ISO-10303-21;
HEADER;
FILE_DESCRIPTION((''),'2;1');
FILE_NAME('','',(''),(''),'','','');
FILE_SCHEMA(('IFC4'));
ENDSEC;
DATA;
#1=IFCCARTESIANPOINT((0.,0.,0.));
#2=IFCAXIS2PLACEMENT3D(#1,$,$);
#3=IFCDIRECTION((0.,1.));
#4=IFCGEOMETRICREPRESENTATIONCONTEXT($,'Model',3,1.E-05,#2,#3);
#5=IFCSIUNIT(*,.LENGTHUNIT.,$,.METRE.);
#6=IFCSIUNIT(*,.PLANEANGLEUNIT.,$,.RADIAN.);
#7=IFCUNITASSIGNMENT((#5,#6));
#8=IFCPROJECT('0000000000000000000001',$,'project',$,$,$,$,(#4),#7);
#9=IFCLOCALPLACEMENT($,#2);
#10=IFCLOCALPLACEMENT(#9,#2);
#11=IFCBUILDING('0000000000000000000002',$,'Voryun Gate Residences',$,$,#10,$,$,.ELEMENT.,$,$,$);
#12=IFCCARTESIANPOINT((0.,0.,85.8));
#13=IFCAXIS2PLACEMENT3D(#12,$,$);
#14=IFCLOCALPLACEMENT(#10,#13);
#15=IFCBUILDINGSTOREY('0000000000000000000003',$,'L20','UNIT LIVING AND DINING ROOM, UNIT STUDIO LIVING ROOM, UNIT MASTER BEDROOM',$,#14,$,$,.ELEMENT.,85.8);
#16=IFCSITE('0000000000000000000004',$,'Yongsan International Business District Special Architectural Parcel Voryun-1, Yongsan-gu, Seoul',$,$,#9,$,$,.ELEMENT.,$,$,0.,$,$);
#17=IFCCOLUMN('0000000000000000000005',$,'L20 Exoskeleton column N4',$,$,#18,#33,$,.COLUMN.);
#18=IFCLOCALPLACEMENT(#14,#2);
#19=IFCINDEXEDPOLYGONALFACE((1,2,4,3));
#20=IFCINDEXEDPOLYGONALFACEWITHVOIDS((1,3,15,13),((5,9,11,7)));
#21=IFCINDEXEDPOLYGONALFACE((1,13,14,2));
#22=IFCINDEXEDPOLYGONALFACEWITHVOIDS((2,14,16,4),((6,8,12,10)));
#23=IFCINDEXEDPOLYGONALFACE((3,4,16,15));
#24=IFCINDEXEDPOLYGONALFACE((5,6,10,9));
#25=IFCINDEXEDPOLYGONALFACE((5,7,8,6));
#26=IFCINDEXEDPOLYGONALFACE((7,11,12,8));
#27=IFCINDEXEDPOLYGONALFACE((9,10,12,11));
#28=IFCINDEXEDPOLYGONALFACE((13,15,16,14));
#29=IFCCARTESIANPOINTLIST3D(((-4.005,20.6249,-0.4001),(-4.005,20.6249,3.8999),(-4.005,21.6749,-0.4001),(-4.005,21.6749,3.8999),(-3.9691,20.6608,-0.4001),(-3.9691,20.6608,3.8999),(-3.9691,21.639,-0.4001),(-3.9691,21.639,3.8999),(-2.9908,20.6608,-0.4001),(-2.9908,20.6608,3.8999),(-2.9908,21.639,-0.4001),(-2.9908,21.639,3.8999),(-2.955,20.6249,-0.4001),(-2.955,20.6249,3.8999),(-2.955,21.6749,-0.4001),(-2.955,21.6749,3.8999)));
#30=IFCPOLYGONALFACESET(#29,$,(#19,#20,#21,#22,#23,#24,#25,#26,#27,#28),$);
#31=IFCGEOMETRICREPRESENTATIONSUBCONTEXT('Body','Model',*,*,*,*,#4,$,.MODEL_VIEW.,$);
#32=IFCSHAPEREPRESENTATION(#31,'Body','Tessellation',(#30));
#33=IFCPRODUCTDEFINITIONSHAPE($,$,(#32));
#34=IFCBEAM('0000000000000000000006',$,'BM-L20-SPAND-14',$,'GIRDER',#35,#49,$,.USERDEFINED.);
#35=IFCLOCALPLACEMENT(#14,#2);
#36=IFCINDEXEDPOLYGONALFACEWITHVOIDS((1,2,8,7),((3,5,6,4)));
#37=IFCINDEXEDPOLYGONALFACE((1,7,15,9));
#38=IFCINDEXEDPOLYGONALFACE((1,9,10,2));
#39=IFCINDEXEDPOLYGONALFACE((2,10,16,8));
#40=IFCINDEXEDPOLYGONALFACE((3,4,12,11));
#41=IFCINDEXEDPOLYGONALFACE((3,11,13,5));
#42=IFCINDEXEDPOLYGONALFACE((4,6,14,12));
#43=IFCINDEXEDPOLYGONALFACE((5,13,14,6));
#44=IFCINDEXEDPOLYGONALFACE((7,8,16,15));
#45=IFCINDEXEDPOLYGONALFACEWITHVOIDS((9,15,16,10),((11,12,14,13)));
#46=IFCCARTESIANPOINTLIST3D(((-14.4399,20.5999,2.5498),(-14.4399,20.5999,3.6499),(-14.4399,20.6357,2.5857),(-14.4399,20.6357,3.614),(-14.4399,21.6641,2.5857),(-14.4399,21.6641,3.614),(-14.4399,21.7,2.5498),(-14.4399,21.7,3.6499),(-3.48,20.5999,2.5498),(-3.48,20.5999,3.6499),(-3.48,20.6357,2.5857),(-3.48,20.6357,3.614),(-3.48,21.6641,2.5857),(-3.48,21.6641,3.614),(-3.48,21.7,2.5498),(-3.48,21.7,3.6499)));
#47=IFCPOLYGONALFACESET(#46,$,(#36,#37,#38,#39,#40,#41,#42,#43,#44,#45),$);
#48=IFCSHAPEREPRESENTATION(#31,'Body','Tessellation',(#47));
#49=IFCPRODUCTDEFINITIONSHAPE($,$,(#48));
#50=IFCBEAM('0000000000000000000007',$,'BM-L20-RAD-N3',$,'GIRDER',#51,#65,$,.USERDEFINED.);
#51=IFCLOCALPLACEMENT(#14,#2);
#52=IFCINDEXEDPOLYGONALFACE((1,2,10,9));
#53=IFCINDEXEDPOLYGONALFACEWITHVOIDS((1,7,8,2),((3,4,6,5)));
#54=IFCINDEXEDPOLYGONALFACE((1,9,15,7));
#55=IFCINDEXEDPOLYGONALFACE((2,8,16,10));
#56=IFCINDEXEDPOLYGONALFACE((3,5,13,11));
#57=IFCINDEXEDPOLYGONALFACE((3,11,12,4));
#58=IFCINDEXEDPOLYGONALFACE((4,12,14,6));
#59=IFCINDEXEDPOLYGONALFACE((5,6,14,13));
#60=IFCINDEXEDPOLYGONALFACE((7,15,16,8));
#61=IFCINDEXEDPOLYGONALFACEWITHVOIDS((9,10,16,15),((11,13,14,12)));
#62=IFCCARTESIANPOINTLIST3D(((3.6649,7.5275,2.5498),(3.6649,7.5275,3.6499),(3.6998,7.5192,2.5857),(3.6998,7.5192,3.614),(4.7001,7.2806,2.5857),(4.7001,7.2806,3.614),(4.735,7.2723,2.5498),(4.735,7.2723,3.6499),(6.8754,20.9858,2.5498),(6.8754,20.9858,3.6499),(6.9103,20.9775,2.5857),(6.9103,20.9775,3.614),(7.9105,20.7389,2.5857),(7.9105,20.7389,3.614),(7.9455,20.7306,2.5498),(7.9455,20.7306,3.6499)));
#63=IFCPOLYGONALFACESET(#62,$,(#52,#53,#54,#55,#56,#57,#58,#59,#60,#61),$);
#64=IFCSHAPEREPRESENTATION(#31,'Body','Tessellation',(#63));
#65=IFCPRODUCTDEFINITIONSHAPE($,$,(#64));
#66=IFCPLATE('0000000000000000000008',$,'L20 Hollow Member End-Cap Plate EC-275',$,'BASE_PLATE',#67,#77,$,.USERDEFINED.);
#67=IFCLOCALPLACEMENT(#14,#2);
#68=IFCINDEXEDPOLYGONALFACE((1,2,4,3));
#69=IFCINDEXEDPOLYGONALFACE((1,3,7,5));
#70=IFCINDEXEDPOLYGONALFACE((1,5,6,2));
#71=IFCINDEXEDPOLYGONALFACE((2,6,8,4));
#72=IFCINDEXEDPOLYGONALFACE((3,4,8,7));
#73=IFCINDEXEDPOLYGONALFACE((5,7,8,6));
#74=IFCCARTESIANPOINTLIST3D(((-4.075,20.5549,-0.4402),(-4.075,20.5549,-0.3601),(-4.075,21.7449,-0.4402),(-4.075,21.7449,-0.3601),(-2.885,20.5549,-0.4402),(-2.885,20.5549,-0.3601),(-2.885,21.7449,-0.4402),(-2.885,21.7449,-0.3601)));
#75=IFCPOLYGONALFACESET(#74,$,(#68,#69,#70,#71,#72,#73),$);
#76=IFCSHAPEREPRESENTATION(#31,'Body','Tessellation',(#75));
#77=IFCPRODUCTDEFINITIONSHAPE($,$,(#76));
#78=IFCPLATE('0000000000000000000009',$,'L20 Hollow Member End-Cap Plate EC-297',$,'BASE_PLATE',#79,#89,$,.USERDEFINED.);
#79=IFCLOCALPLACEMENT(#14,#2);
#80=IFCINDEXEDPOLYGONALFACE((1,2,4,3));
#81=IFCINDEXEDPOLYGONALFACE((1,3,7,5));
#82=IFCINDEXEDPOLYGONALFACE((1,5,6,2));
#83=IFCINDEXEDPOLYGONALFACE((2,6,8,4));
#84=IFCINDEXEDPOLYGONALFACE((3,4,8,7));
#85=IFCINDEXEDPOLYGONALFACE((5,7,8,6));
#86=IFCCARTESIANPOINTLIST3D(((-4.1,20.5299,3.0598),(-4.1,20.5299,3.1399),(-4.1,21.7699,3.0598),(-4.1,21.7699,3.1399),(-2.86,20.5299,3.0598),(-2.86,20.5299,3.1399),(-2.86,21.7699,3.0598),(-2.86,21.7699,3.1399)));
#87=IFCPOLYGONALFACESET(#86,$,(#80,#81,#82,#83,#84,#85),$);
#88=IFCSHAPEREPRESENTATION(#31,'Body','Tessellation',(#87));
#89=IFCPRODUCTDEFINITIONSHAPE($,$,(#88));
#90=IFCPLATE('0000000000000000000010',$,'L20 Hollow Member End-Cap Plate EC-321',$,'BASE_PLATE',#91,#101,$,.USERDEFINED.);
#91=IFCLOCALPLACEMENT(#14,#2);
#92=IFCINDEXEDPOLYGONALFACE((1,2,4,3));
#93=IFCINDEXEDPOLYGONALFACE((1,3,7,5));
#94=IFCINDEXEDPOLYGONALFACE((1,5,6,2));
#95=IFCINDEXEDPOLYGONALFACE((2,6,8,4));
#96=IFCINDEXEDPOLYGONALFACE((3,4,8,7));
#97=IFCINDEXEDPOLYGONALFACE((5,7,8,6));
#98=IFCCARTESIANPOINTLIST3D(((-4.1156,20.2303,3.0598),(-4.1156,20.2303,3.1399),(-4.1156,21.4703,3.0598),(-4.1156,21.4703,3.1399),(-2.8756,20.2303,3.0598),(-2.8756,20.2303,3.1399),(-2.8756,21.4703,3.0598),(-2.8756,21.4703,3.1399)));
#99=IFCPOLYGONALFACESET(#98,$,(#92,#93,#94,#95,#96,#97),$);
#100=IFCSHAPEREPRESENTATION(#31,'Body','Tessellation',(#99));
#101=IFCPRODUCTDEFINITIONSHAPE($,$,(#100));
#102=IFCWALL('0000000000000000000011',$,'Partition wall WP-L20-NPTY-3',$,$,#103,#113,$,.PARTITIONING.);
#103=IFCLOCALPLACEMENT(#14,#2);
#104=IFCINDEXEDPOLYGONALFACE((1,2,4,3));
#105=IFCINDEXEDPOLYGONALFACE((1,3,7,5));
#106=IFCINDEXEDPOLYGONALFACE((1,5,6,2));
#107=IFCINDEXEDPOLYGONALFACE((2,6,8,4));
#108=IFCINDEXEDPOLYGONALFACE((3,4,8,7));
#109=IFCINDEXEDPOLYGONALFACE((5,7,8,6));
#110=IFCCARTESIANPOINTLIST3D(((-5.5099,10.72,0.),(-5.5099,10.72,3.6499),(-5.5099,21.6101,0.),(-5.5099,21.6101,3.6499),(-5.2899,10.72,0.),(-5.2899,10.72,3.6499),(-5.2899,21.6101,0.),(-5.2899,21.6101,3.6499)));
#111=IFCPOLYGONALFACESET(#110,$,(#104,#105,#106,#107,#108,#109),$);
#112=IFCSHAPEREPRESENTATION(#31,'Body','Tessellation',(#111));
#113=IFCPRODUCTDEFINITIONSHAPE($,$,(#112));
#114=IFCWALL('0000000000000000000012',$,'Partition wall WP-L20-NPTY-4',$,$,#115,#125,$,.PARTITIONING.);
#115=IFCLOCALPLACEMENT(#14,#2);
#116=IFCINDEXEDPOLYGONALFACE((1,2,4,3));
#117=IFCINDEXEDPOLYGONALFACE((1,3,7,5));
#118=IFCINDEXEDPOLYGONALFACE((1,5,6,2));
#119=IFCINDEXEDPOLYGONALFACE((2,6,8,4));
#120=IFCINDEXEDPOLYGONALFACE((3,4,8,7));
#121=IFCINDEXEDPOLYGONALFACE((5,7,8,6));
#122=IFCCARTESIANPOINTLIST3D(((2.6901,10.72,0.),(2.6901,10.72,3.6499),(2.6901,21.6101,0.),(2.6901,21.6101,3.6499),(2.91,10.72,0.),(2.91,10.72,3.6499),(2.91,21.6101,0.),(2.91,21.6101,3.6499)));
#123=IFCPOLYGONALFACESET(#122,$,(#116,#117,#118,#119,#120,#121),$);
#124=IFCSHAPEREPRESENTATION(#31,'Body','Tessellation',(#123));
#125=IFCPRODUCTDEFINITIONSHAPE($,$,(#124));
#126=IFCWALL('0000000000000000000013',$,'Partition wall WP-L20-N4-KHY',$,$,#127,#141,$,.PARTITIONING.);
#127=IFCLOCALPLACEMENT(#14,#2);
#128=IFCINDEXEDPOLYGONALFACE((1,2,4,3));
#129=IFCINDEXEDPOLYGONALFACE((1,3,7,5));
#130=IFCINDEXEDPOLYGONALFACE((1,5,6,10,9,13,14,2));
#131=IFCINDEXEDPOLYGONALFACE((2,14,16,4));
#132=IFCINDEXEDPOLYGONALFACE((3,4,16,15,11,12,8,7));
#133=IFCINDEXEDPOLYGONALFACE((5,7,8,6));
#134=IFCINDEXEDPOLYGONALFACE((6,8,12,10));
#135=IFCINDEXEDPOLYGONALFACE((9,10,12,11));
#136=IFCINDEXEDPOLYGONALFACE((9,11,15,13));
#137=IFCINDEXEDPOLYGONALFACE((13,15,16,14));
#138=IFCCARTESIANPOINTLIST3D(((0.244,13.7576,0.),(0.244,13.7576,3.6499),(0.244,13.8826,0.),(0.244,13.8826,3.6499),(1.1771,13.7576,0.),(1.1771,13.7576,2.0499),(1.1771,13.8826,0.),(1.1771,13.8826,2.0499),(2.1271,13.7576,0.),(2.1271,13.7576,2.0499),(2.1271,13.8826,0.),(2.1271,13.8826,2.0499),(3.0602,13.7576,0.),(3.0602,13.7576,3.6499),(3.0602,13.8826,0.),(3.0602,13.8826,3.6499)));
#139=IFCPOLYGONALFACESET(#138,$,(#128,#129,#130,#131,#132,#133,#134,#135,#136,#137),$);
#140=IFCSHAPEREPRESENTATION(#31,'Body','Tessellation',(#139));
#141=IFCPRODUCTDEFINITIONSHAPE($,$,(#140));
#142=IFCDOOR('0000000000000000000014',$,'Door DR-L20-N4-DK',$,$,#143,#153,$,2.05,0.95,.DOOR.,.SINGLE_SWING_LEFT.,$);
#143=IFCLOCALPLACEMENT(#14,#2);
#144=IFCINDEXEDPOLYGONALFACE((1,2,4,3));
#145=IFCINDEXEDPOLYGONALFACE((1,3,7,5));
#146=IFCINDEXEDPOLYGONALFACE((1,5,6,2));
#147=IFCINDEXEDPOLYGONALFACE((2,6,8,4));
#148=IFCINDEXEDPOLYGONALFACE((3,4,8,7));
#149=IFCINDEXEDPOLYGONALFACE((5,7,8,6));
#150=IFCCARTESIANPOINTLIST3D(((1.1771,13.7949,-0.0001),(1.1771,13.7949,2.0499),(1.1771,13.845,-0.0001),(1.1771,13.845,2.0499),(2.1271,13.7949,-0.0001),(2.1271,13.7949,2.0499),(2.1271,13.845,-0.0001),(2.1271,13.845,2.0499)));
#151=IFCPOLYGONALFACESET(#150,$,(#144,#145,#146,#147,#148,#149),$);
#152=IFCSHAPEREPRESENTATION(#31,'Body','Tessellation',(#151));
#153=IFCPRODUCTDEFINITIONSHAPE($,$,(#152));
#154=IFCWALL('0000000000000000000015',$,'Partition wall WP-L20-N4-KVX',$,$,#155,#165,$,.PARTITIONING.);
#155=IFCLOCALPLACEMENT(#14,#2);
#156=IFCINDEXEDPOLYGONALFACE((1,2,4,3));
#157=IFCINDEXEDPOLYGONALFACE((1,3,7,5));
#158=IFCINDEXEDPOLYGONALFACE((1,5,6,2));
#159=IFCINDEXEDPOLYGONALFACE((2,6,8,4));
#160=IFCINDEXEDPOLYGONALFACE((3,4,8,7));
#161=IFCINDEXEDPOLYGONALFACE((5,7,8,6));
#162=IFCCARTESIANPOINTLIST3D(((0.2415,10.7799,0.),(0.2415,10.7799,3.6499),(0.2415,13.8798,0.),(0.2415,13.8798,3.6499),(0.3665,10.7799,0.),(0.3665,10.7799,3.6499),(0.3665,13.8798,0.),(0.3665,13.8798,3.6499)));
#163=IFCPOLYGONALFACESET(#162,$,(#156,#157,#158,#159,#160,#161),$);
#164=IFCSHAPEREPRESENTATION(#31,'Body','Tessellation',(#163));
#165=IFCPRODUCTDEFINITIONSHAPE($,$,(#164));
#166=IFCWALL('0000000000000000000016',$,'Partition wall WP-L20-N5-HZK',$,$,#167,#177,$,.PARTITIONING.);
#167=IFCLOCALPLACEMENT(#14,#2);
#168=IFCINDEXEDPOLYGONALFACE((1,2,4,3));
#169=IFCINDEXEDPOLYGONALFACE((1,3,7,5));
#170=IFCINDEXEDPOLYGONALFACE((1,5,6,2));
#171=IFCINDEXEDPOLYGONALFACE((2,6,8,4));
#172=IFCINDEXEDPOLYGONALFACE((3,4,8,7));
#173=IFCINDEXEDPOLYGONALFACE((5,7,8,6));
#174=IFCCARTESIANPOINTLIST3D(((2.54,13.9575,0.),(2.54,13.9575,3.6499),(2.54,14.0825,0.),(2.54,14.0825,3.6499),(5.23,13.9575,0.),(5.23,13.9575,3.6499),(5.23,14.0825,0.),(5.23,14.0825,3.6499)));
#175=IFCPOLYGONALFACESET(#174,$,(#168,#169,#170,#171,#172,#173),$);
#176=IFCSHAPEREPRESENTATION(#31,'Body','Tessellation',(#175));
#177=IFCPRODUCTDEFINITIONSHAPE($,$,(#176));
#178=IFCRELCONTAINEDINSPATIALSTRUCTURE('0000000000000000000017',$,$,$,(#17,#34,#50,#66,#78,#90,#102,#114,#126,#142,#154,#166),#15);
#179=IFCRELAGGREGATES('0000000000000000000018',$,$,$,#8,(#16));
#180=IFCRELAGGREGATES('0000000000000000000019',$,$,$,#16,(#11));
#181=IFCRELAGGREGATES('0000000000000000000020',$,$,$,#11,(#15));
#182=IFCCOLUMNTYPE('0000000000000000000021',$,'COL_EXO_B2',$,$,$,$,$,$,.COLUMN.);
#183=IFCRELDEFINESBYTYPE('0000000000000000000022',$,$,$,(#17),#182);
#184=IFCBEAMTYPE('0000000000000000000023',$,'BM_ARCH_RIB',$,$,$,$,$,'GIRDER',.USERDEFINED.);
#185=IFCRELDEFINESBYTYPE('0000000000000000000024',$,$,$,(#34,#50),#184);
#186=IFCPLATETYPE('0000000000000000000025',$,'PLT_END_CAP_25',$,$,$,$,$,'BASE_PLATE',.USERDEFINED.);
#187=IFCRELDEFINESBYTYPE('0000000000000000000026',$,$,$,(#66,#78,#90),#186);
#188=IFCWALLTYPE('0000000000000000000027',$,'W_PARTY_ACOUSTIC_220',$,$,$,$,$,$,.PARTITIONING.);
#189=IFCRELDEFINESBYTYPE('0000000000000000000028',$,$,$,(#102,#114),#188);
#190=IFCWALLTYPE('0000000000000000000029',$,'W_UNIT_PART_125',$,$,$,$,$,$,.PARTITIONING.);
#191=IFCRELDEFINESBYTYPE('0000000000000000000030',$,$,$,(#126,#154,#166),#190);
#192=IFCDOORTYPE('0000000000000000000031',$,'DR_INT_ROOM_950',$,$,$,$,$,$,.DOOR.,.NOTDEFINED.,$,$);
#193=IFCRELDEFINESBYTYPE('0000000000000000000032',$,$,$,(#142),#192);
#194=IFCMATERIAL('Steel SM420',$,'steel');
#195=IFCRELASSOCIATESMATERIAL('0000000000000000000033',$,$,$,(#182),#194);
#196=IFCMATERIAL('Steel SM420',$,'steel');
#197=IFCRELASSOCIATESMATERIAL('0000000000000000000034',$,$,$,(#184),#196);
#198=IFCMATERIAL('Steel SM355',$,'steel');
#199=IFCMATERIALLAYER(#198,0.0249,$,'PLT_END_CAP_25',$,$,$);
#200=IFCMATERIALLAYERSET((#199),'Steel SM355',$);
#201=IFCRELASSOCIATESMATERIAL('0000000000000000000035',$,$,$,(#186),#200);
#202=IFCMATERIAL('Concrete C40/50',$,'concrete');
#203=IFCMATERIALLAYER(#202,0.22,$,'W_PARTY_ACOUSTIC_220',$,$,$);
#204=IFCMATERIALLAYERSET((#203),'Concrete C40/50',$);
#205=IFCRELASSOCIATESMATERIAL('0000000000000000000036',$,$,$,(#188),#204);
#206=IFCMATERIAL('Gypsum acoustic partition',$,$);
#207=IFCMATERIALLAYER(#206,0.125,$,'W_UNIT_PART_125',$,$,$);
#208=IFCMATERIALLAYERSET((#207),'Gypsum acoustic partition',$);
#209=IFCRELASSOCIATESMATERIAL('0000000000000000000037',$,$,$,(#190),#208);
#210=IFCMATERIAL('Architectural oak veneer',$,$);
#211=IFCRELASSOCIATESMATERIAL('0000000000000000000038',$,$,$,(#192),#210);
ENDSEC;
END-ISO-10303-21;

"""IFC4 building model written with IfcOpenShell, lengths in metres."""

from ifc_helpers import new_model, si_unit, direction, frame, frame_2d, origin, origin_2d, place, context, subcontext, project, spatial, rectangle, hollow_rectangle, extrude, material, layer, layer_set, material_profile, profile_set, type_object, element, fill, save


model = new_model("IFC4")

# Units and contexts
model_context = context("Model", 3, precision=1e-05, world=origin(), true_north=direction((0.0, 1.0)))
body_context = subcontext(model_context, "Body", "Model", "MODEL_VIEW")
ifc_project = project(units=[si_unit("LENGTHUNIT", "METRE"), si_unit("PLANEANGLEUNIT", "RADIAN")], contexts=[model_context])

# Site, building, storey
site_placement = place(None, origin())
site = spatial("IfcSite", under=ifc_project, at=site_placement, Name="Yongsan International Business District Special Architectural Parcel Voryun-1, Yongsan-gu, Seoul", CompositionType="ELEMENT", RefElevation=0.0)
building_placement = place(site_placement, origin())
building = spatial("IfcBuilding", under=site, at=building_placement, Name="Voryun Gate Residences", CompositionType="ELEMENT")
storey_placement = place(building_placement, frame((0.0, 0.0, 85.8)))
storey = spatial("IfcBuildingStorey", under=building, at=storey_placement, Name="L20", Description="UNIT LIVING AND DINING ROOM, UNIT STUDIO LIVING ROOM, UNIT MASTER BEDROOM", CompositionType="ELEMENT", Elevation=85.8)

# Column
ifc_material_1 = material(Name="Steel SM420", Category="steel")
ifc_material_profile_1 = material_profile(ifc_material_1, hollow_rectangle(XDim=1.05, YDim=1.05, WallThickness=0.0359, at=origin_2d()), Name="BOX-1050x1050x36")
ifc_profile_set_1 = profile_set([ifc_material_profile_1], Name="Steel SM420")
column_type = type_object("IfcColumnType", Name="COL_EXO_B2", PredefinedType="COLUMN", material=ifc_profile_set_1)
column_placement = place(storey_placement, frame((-3.48, 21.1499, -0.4001), z_axis=(0.0, 0.0, 1.0), x_axis=(1.0, 0.0, 0.0)))
element("IfcColumn", 1, at=column_placement, inside=storey, type_object=column_type, Name="L20 Exoskeleton column N4", PredefinedType="COLUMN", context=body_context, shape_type="SweptSolid", body=[
    extrude(hollow_rectangle(XDim=1.05, YDim=1.05, WallThickness=0.0359, at=origin_2d()), origin(), (0.0, 0.0, 1.0), 4.3),
])

# Beams
ifc_material_2 = material(Name="Steel SM420", Category="steel")
ifc_material_profile_2 = material_profile(ifc_material_2, hollow_rectangle(XDim=1.1001, YDim=1.1001, WallThickness=0.0359, at=origin_2d()), Name="BOX-1100x1100x36")
ifc_profile_set_2 = profile_set([ifc_material_profile_2], Name="Steel SM420")
beam_type = type_object("IfcBeamType", Name="BM_ARCH_RIB", ElementType="GIRDER", PredefinedType="USERDEFINED", material=ifc_profile_set_2)
beam_1_placement = place(storey_placement, frame((-3.48, 21.1499, 3.0999), z_axis=(-1.0, 0.0, 0.0), x_axis=(0.0, -1.0, 0.0)))
element("IfcBeam", 2, at=beam_1_placement, inside=storey, type_object=beam_type, Name="BM-L20-SPAND-14", ObjectType="GIRDER", PredefinedType="USERDEFINED", context=body_context, shape_type="SweptSolid", body=[
    extrude(hollow_rectangle(XDim=1.1001, YDim=1.1001, WallThickness=0.0359, at=origin_2d()), origin(), (0.0, 0.0, 1.0), 10.96),
])
beam_2_placement = place(storey_placement, frame((4.2, 7.3999, 3.0999), z_axis=(0.232038, 0.972707, 0.0), x_axis=(-0.972707, 0.232038, 0.0)))
element("IfcBeam", 3, at=beam_2_placement, inside=storey, type_object=beam_type, Name="BM-L20-RAD-N3", ObjectType="GIRDER", PredefinedType="USERDEFINED", context=body_context, shape_type="SweptSolid", body=[
    extrude(hollow_rectangle(XDim=1.1001, YDim=1.1001, WallThickness=0.0359, at=origin_2d()), origin(), (0.0, 0.0, 1.0), 13.8359),
])

# Plates
ifc_material_3 = material(Name="Steel SM355", Category="steel")
ifc_layer_1 = layer(ifc_material_3, 0.0249, Name="PLT_END_CAP_25")
ifc_layer_set_1 = layer_set([ifc_layer_1], Name="Steel SM355")
plate_type = type_object("IfcPlateType", Name="PLT_END_CAP_25", ElementType="BASE_PLATE", PredefinedType="USERDEFINED", material=ifc_layer_set_1)
plate_placement = place(storey_placement, frame((-3.48, 21.1499, -0.4402), z_axis=(0.0, 0.0, 1.0), x_axis=(1.0, 0.0, 0.0)))
element("IfcPlate", 4, at=plate_placement, inside=storey, type_object=plate_type, Name="L20 Hollow Member End-Cap Plate EC-275", ObjectType="BASE_PLATE", PredefinedType="USERDEFINED", context=body_context, shape_type="SweptSolid", body=[
    extrude(rectangle(XDim=1.1899, YDim=1.1899, at=origin_2d()), origin(), (0.0, 0.0, 1.0), 0.0801),
])
for number, where, z_axis, x_axis, name in (
    (5, (-3.48, 21.1499, 3.0598), (0.0, 0.0, 1.0), (1.0, 0.0, 0.0), "L20 Hollow Member End-Cap Plate EC-297"),
    (6, (-3.4956, 20.8503, 3.0598), (0.0, 0.0, 1.0), (1.0, 0.0, 0.0), "L20 Hollow Member End-Cap Plate EC-321"),
):
    element("IfcPlate", number, at=place(storey_placement, frame(where, z_axis=z_axis, x_axis=x_axis)), inside=storey, type_object=plate_type, Name=name, ObjectType="BASE_PLATE", PredefinedType="USERDEFINED", context=body_context, shape_type="SweptSolid", body=[
        extrude(rectangle(XDim=1.24, YDim=1.24, at=origin_2d()), origin(), (0.0, 0.0, 1.0), 0.0801),
    ])

# Walls
ifc_material_4 = material(Name="Concrete C40/50", Category="concrete")
ifc_layer_2 = layer(ifc_material_4, 0.22, Name="W_PARTY_ACOUSTIC_220")
ifc_layer_set_2 = layer_set([ifc_layer_2], Name="Concrete C40/50")
wall_type_1 = type_object("IfcWallType", Name="W_PARTY_ACOUSTIC_220", PredefinedType="PARTITIONING", material=ifc_layer_set_2)
for number, where, z_axis, x_axis, name in (
    (7, (-5.3999, 10.72, 0.0), (0.0, 0.0, 1.0), (0.0, 1.0, 0.0), "Partition wall WP-L20-NPTY-3"),
    (8, (2.8, 10.72, 0.0), (0.0, 0.0, 1.0), (0.0, 1.0, 0.0), "Partition wall WP-L20-NPTY-4"),
):
    element("IfcWall", number, at=place(storey_placement, frame(where, z_axis=z_axis, x_axis=x_axis)), inside=storey, type_object=wall_type_1, Name=name, PredefinedType="PARTITIONING", context=body_context, shape_type="SweptSolid", body=[
        extrude(rectangle(XDim=10.8901, YDim=0.22, at=frame_2d((5.4451, 0.0))), origin(), (0.0, 0.0, 1.0), 3.6499),
    ])

# Wall, opening, door
ifc_material_5 = material(Name="Gypsum acoustic partition")
ifc_layer_3 = layer(ifc_material_5, 0.125, Name="W_UNIT_PART_125")
ifc_layer_set_3 = layer_set([ifc_layer_3], Name="Gypsum acoustic partition")
wall_type_2 = type_object("IfcWallType", Name="W_UNIT_PART_125", PredefinedType="PARTITIONING", material=ifc_layer_set_3)
wall_1_placement = place(storey_placement, frame((0.2439, 13.8201, 0.0), z_axis=(0.0, 0.0, 1.0), x_axis=(1.0, 0.0, 0.0)))
wall_1 = element("IfcWall", 9, at=wall_1_placement, inside=storey, type_object=wall_type_2, Name="Partition wall WP-L20-N4-KHY", PredefinedType="PARTITIONING", context=body_context, shape_type="SweptSolid", body=[
    extrude(rectangle(XDim=2.8162, YDim=0.125, at=frame_2d((1.4082, 0.0))), origin(), (0.0, 0.0, 1.0), 3.6499),
])
opening_1_placement = place(wall_1_placement, frame((0.9331, 0.0, 0.0)))
opening_1 = element("IfcOpeningElement", 10, at=opening_1_placement, cuts=wall_1, PredefinedType="OPENING", context=body_context, shape_type="SweptSolid", body=[
    extrude(rectangle(XDim=0.95, YDim=2.05, at=frame_2d((0.4751, 1.0249))), frame((0.0, 0.0725, 0.0), z_axis=(0.0, -1.0, 0.0), x_axis=(1.0, 0.0, 0.0)), (0.0, 0.0, 1.0), 0.145),
])
ifc_material_6 = material(Name="Architectural oak veneer")
door_type_1 = type_object("IfcDoorType", Name="DR_INT_ROOM_950", OperationType="NOTDEFINED", PredefinedType="DOOR", material=ifc_material_6)
door_1_placement = place(opening_1_placement, origin())
door_1 = element("IfcDoor", 11, at=door_1_placement, inside=storey, type_object=door_type_1, Name="Door DR-L20-N4-DK", OperationType="SINGLE_SWING_LEFT", OverallHeight=2.05, OverallWidth=0.95, PredefinedType="DOOR", context=body_context, shape_type="SweptSolid", body=[
    extrude(rectangle(XDim=0.95, YDim=2.05, at=frame_2d((0.4751, 1.0249))), frame((0.0, 0.0249, 0.0), z_axis=(0.0, -1.0, 0.0), x_axis=(1.0, 0.0, 0.0)), (0.0, 0.0, 1.0), 0.05),
])
fill(opening_1, door_1)

# Walls
wall_2_placement = place(storey_placement, frame((0.304, 10.78, 0.0), z_axis=(0.0, 0.0, 1.0), x_axis=(0.0, 1.0, 0.0)))
element("IfcWall", 12, at=wall_2_placement, inside=storey, type_object=wall_type_2, Name="Partition wall WP-L20-N4-KVX", PredefinedType="PARTITIONING", context=body_context, shape_type="SweptSolid", body=[
    extrude(rectangle(XDim=3.0999, YDim=0.125, at=frame_2d((1.5498, 0.0))), origin(), (0.0, 0.0, 1.0), 3.6499),
])
wall_3_placement = place(storey_placement, frame((2.54, 14.02, 0.0), z_axis=(0.0, 0.0, 1.0), x_axis=(1.0, 0.0, 0.0)))
element("IfcWall", 13, at=wall_3_placement, inside=storey, type_object=wall_type_2, Name="Partition wall WP-L20-N5-HZK", PredefinedType="PARTITIONING", context=body_context, shape_type="SweptSolid", body=[
    extrude(rectangle(XDim=2.6899, YDim=0.125, at=frame_2d((1.345, 0.0))), origin(), (0.0, 0.0, 1.0), 3.6499),
])

save(model, "model.ifc")
